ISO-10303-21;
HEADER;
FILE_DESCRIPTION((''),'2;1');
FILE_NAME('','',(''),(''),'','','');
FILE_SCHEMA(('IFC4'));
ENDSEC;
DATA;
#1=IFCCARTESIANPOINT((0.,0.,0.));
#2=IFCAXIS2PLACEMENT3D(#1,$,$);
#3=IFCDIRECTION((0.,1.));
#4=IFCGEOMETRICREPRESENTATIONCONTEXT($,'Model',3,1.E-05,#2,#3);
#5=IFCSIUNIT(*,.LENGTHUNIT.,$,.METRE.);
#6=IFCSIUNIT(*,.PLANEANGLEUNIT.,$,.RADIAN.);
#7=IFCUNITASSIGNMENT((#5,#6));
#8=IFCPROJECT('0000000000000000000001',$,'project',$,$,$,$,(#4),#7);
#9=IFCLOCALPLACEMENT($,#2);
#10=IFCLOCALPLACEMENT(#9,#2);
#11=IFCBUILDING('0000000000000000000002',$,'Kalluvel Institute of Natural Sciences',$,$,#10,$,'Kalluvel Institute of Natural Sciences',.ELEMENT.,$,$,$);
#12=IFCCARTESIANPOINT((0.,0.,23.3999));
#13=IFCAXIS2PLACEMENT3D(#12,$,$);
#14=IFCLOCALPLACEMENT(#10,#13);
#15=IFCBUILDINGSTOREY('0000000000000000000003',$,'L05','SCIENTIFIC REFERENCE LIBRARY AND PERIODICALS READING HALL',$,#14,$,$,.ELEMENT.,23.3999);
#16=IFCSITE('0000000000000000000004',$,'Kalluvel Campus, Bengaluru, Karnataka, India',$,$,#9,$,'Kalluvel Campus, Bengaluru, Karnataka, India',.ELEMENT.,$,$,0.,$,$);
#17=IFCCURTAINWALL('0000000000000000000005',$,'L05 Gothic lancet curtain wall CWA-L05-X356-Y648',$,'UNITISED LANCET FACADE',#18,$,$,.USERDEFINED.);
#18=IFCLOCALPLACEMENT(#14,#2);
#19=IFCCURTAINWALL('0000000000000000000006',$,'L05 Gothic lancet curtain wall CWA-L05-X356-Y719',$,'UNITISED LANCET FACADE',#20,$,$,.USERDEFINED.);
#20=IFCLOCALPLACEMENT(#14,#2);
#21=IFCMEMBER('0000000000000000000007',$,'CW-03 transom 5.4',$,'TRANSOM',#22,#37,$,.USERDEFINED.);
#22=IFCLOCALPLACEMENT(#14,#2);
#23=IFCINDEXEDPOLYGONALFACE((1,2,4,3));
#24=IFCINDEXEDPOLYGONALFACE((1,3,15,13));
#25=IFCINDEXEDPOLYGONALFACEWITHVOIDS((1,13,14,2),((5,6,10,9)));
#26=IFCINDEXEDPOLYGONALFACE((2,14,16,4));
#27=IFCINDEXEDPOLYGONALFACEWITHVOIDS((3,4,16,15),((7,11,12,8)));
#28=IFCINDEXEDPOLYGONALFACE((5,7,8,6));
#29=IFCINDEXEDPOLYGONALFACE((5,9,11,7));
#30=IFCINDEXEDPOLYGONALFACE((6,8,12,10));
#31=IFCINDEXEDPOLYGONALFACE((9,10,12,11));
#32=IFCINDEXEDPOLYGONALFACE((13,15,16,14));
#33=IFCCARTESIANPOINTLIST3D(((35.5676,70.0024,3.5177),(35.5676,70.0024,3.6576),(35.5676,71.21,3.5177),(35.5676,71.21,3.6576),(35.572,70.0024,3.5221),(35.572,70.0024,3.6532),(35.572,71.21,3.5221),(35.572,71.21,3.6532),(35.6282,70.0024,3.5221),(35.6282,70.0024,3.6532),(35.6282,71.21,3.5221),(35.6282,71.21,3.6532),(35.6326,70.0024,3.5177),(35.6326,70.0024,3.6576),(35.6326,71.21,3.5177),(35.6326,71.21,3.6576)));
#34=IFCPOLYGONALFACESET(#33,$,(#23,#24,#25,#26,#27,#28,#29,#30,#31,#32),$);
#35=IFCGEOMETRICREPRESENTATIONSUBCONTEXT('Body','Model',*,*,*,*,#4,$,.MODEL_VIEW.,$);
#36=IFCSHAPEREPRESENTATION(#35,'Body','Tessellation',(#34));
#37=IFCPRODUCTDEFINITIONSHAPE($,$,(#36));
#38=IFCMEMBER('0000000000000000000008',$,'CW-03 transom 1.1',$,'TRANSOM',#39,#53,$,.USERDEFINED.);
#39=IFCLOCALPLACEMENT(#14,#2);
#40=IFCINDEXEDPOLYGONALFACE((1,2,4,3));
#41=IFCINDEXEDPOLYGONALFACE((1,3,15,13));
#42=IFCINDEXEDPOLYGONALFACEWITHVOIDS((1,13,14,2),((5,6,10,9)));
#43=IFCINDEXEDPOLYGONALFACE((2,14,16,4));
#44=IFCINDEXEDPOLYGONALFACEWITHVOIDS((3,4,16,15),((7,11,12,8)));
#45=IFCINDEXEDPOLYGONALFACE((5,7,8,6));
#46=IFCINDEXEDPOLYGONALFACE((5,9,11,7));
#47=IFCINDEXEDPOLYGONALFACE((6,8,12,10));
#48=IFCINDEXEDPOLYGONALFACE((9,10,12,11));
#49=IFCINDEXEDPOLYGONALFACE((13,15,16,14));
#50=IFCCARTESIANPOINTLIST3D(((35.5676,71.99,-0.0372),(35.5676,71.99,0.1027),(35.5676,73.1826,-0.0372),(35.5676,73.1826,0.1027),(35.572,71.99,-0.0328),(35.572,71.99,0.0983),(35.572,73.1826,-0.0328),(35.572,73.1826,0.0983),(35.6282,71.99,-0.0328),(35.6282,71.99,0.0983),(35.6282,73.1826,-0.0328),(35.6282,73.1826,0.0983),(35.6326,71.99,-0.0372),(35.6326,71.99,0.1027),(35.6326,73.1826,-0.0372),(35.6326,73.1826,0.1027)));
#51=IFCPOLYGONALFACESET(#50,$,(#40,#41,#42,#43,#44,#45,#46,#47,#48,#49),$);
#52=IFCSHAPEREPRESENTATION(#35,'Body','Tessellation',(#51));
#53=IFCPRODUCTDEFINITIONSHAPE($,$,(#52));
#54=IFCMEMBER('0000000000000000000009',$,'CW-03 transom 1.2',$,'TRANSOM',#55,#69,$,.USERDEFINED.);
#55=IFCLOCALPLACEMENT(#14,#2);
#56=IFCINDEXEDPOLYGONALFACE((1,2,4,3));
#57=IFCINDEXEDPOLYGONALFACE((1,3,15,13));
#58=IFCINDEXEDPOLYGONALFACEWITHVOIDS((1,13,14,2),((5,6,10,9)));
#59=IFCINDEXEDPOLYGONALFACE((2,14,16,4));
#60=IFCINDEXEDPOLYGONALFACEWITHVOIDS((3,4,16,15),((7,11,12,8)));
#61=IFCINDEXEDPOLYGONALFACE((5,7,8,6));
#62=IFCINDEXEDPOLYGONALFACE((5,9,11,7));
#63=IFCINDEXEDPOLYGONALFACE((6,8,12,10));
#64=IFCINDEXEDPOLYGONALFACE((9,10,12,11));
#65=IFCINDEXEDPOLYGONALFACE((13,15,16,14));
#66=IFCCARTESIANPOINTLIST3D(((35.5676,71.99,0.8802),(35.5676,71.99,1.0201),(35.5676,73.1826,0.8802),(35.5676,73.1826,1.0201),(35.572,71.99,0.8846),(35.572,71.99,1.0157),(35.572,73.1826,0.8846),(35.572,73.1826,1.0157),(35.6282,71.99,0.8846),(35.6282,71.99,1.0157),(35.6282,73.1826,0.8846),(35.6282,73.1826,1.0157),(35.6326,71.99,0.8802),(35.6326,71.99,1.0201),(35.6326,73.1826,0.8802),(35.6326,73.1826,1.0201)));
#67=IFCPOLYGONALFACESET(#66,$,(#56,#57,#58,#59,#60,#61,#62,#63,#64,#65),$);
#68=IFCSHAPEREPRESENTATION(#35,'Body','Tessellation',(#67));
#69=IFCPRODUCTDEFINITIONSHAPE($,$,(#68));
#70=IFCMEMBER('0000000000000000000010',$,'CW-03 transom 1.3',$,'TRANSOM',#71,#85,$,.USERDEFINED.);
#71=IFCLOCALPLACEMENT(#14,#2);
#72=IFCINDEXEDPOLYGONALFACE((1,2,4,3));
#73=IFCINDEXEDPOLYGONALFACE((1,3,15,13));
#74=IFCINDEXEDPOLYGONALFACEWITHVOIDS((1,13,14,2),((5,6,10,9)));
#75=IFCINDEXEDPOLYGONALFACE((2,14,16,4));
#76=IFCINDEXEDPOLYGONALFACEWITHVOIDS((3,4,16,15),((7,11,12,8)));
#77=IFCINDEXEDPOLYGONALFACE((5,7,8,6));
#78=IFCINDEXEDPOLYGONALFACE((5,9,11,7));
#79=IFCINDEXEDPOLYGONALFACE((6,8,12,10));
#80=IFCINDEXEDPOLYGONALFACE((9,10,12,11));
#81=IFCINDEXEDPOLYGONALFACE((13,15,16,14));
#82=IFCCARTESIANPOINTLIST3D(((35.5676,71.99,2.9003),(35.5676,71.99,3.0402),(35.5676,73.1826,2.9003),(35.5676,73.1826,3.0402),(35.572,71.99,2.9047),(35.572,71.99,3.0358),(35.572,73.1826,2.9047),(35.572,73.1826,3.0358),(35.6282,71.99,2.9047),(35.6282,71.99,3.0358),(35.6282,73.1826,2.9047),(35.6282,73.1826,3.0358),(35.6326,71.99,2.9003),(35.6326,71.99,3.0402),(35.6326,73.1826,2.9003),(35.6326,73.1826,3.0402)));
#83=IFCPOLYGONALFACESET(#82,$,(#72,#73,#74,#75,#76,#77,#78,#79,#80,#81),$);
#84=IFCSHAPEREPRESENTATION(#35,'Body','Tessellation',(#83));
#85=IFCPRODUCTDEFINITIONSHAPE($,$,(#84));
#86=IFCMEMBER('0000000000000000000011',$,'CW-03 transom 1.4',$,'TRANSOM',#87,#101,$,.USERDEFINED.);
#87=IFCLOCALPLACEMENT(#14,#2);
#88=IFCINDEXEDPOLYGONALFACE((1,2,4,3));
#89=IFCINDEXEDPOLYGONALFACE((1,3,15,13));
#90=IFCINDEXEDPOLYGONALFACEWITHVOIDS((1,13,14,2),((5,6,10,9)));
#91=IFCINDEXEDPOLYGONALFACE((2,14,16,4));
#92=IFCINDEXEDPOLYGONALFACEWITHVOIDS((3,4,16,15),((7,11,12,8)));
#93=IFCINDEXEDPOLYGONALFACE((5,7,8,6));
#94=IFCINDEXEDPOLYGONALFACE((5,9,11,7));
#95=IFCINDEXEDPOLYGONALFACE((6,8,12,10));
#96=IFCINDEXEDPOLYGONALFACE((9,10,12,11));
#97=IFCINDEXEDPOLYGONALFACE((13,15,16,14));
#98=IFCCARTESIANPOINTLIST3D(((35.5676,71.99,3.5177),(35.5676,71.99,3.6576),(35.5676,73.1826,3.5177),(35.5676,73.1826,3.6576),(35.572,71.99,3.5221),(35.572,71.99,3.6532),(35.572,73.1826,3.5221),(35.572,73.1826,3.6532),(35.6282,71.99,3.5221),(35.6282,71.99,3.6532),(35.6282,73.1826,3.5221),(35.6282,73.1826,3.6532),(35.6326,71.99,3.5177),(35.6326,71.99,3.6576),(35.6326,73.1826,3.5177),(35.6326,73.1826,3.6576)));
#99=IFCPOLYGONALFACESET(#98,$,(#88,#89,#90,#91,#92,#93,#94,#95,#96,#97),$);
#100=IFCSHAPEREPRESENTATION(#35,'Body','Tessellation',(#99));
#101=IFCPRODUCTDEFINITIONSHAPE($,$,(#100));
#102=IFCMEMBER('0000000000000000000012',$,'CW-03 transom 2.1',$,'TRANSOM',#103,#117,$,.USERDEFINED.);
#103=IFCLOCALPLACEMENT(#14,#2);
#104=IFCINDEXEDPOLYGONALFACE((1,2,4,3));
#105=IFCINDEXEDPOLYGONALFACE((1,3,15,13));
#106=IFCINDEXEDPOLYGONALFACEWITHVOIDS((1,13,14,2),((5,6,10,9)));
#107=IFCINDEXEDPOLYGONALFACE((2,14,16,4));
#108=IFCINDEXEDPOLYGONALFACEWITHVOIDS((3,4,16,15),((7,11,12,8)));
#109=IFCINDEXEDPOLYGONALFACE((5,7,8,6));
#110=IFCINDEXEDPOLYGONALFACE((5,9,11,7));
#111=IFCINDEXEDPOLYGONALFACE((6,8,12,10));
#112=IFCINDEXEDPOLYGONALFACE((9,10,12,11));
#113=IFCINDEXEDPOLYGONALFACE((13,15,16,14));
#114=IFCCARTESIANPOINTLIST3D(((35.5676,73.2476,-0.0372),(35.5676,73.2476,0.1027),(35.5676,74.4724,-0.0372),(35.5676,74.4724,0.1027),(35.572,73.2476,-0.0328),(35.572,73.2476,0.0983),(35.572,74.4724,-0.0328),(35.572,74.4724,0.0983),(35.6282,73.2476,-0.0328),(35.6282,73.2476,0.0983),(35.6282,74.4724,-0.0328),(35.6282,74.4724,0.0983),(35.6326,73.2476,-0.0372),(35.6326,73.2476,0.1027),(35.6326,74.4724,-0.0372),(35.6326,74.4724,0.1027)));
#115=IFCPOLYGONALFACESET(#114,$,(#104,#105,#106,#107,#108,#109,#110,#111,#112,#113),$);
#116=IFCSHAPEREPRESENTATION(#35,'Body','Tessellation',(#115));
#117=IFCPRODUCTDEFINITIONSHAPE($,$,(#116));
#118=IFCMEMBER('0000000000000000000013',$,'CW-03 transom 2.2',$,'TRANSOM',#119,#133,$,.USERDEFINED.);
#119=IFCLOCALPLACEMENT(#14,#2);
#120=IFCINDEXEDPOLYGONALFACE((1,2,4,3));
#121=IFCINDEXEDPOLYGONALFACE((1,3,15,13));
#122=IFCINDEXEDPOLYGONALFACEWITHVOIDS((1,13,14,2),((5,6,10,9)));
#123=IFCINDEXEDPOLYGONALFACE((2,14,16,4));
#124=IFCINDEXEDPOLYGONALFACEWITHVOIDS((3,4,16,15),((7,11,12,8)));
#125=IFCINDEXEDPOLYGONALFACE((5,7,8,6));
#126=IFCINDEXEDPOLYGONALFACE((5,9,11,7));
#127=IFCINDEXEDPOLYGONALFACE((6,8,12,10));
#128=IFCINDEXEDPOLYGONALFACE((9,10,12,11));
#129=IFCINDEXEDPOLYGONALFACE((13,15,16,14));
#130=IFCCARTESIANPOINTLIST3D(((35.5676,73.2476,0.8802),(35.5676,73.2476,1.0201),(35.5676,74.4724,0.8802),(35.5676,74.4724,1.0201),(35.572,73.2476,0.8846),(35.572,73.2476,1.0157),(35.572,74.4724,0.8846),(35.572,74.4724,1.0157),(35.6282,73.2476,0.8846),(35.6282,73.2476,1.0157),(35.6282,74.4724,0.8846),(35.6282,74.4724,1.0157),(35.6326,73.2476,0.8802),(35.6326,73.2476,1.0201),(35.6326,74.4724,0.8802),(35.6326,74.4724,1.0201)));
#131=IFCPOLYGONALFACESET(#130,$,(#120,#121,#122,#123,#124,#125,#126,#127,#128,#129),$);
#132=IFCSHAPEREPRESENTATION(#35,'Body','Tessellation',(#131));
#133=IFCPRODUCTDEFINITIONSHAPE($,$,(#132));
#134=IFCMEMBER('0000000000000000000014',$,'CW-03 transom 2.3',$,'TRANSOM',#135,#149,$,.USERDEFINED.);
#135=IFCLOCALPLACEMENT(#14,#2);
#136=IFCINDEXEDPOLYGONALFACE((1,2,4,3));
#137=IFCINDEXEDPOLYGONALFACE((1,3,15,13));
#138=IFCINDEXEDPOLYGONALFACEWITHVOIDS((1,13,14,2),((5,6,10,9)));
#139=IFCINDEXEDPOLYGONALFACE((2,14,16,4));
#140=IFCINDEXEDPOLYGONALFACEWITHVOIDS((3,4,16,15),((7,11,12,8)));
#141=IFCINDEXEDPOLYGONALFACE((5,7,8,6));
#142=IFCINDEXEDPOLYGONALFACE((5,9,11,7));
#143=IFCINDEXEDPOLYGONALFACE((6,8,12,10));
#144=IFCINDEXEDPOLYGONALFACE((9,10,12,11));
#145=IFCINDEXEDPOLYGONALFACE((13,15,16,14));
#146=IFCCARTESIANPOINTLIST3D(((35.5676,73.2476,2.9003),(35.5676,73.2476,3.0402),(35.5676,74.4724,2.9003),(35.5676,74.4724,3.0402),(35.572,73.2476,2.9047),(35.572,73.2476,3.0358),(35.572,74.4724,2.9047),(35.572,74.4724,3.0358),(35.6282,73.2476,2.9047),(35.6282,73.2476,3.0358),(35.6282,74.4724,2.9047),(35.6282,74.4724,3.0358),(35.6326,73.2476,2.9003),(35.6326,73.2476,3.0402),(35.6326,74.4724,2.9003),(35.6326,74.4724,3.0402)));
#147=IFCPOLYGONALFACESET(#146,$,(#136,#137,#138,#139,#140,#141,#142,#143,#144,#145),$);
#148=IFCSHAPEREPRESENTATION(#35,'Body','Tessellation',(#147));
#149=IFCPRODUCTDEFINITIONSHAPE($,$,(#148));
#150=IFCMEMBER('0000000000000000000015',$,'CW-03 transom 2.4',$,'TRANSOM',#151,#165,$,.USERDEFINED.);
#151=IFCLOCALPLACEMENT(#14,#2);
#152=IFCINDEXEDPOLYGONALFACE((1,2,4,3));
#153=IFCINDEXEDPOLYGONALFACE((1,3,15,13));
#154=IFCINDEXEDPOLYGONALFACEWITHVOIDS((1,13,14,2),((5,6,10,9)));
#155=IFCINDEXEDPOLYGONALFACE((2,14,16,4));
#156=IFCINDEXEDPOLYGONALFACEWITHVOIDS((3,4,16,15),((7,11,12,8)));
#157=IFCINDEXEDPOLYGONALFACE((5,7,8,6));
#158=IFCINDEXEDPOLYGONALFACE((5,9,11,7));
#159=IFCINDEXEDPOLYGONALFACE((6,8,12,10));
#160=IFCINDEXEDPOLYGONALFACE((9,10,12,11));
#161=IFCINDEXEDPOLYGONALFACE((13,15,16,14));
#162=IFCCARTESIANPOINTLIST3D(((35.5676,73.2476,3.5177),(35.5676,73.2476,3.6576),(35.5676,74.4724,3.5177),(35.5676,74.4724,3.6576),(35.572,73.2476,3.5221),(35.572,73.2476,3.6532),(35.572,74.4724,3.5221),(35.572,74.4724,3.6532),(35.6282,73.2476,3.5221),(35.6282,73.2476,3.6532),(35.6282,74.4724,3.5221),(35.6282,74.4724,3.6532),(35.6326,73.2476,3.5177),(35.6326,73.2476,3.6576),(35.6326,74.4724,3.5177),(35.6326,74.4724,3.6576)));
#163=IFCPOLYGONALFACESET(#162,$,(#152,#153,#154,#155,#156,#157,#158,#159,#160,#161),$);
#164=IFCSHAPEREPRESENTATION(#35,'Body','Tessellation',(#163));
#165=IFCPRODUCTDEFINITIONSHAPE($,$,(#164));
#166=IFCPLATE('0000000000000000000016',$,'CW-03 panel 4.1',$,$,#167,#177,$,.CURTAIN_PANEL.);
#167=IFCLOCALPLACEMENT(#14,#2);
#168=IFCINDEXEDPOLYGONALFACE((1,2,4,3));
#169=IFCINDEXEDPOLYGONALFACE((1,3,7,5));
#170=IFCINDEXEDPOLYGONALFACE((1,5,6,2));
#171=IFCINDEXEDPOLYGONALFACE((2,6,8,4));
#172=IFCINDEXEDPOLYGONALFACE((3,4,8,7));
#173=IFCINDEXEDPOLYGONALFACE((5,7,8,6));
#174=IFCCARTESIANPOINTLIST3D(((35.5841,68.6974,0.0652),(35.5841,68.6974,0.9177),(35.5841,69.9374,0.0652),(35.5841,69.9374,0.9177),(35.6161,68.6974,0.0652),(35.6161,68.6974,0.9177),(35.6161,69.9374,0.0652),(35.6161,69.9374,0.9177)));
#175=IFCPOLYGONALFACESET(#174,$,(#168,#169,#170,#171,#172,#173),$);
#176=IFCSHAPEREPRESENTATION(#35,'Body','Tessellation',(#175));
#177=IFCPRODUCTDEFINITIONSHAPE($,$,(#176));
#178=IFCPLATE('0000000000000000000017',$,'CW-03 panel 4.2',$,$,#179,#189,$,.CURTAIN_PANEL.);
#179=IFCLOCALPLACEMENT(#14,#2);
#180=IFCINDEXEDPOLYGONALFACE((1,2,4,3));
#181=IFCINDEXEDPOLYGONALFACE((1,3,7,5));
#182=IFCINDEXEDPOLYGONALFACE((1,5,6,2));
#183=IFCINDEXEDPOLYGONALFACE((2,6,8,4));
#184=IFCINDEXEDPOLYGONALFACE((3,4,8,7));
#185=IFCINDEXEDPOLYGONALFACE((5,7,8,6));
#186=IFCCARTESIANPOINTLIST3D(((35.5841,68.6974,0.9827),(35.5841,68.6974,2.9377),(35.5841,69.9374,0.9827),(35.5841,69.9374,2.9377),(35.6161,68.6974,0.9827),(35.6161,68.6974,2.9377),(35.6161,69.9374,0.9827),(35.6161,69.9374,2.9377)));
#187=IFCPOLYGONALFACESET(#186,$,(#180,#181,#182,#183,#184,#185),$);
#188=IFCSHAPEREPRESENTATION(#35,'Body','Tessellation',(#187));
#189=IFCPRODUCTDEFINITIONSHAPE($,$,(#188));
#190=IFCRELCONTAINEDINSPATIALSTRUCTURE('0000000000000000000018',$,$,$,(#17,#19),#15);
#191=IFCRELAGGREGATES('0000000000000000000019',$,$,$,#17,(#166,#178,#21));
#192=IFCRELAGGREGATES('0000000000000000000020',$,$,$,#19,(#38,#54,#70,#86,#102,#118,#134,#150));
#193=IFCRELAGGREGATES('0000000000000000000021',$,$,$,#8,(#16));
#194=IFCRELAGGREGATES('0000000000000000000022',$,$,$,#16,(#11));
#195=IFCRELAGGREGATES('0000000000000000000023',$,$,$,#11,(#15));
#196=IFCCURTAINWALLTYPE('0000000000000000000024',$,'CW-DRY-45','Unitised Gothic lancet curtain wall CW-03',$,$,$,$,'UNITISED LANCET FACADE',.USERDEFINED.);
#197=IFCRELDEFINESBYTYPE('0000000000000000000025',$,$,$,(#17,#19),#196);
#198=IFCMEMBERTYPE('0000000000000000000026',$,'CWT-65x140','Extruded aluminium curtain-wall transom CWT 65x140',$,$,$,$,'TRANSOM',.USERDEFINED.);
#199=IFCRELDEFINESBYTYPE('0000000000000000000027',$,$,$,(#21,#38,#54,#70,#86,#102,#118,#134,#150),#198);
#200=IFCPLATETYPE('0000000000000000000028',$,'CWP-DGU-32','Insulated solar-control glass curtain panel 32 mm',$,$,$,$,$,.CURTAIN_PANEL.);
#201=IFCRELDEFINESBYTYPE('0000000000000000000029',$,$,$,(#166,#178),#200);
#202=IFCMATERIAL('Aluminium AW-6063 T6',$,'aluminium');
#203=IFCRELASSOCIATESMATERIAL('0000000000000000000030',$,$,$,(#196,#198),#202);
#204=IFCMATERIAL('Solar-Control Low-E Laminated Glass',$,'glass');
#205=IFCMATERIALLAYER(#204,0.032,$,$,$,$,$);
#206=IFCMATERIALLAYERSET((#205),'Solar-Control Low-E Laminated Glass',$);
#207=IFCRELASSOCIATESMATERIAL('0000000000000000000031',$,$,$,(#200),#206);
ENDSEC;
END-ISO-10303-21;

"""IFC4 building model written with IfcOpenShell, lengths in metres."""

from ifc_helpers import new_model, si_unit, direction, frame, origin, origin_2d, place, context, subcontext, project, spatial, rectangle, hollow_rectangle, extrude, material, layer, layer_set, material_profile, profile_set, type_object, element, aggregate, save


model = new_model("IFC4")

# Units and contexts
model_context = context("Model", 3, precision=1e-05, world=origin(), true_north=direction((0.0, 1.0)))
body_context = subcontext(model_context, "Body", "Model", "MODEL_VIEW")
ifc_project = project(units=[si_unit("LENGTHUNIT", "METRE"), si_unit("PLANEANGLEUNIT", "RADIAN")], contexts=[model_context])

# Site, building, storey
site_placement = place(None, origin())
site = spatial("IfcSite", under=ifc_project, at=site_placement, Name="Kalluvel Campus, Bengaluru, Karnataka, India", LongName="Kalluvel Campus, Bengaluru, Karnataka, India", CompositionType="ELEMENT", RefElevation=0.0)
building_placement = place(site_placement, origin())
building = spatial("IfcBuilding", under=site, at=building_placement, Name="Kalluvel Institute of Natural Sciences", LongName="Kalluvel Institute of Natural Sciences", CompositionType="ELEMENT")
storey_placement = place(building_placement, frame((0.0, 0.0, 23.3999)))
storey = spatial("IfcBuildingStorey", under=building, at=storey_placement, Name="L05", Description="SCIENTIFIC REFERENCE LIBRARY AND PERIODICALS READING HALL", CompositionType="ELEMENT", Elevation=23.3999)

# Curtain walls
ifc_material_1 = material(Name="Aluminium AW-6063 T6", Category="aluminium")
curtain_wall_type = type_object("IfcCurtainWallType", Name="CW-DRY-45", Description="Unitised Gothic lancet curtain wall CW-03", ElementType="UNITISED LANCET FACADE", PredefinedType="USERDEFINED", material=ifc_material_1)
curtain_wall_1_placement = place(storey_placement, origin())
curtain_wall_1 = element("IfcCurtainWall", 1, at=curtain_wall_1_placement, inside=storey, type_object=curtain_wall_type, Name="L05 Gothic lancet curtain wall CWA-L05-X356-Y648", ObjectType="UNITISED LANCET FACADE", PredefinedType="USERDEFINED")
curtain_wall_2_placement = place(storey_placement, origin())
curtain_wall_2 = element("IfcCurtainWall", 2, at=curtain_wall_2_placement, inside=storey, type_object=curtain_wall_type, Name="L05 Gothic lancet curtain wall CWA-L05-X356-Y719", ObjectType="UNITISED LANCET FACADE", PredefinedType="USERDEFINED")

# Members
ifc_material_profile_1 = material_profile(ifc_material_1, hollow_rectangle(XDim=0.0649, YDim=0.1399, WallThickness=0.0044, at=origin_2d()), Name="CWT 65x140")
ifc_profile_set_1 = profile_set([ifc_material_profile_1], Name="Aluminium AW-6063 T6")
member_type_1 = type_object("IfcMemberType", Name="CWT-65x140", Description="Extruded aluminium curtain-wall transom CWT 65x140", ElementType="TRANSOM", PredefinedType="USERDEFINED", material=ifc_profile_set_1)
member_1_placement = place(storey_placement, frame((35.6001, 70.0024, 3.5876), z_axis=(0.0, 1.0, 0.0), x_axis=(-1.0, 0.0, 0.0)))
member_1 = element("IfcMember", 3, at=member_1_placement, type_object=member_type_1, Name="CW-03 transom 5.4", ObjectType="TRANSOM", PredefinedType="USERDEFINED", context=body_context, shape_type="SweptSolid", body=[
    extrude(hollow_rectangle(XDim=0.0649, YDim=0.1399, WallThickness=0.0044, at=origin_2d()), origin(), (0.0, 0.0, 1.0), 1.2075),
])
member_2_placement = place(storey_placement, frame((35.6001, 71.99, 0.0327), z_axis=(0.0, 1.0, 0.0), x_axis=(-1.0, 0.0, 0.0)))
member_2 = element("IfcMember", 4, at=member_2_placement, type_object=member_type_1, Name="CW-03 transom 1.1", ObjectType="TRANSOM", PredefinedType="USERDEFINED", context=body_context, shape_type="SweptSolid", body=[
    extrude(hollow_rectangle(XDim=0.0649, YDim=0.1399, WallThickness=0.0044, at=origin_2d()), origin(), (0.0, 0.0, 1.0), 1.1926),
])
member_3_placement = place(storey_placement, frame((35.6001, 71.99, 0.9502), z_axis=(0.0, 1.0, 0.0), x_axis=(-1.0, 0.0, 0.0)))
member_3 = element("IfcMember", 5, at=member_3_placement, type_object=member_type_1, Name="CW-03 transom 1.2", ObjectType="TRANSOM", PredefinedType="USERDEFINED", context=body_context, shape_type="SweptSolid", body=[
    extrude(hollow_rectangle(XDim=0.0649, YDim=0.1399, WallThickness=0.0044, at=origin_2d()), origin(), (0.0, 0.0, 1.0), 1.1926),
])
member_4_placement = place(storey_placement, frame((35.6001, 71.99, 2.9702), z_axis=(0.0, 1.0, 0.0), x_axis=(-1.0, 0.0, 0.0)))
member_4 = element("IfcMember", 6, at=member_4_placement, type_object=member_type_1, Name="CW-03 transom 1.3", ObjectType="TRANSOM", PredefinedType="USERDEFINED", context=body_context, shape_type="SweptSolid", body=[
    extrude(hollow_rectangle(XDim=0.0649, YDim=0.1399, WallThickness=0.0044, at=origin_2d()), origin(), (0.0, 0.0, 1.0), 1.1926),
])
member_5_placement = place(storey_placement, frame((35.6001, 71.99, 3.5876), z_axis=(0.0, 1.0, 0.0), x_axis=(-1.0, 0.0, 0.0)))
member_5 = element("IfcMember", 7, at=member_5_placement, type_object=member_type_1, Name="CW-03 transom 1.4", ObjectType="TRANSOM", PredefinedType="USERDEFINED", context=body_context, shape_type="SweptSolid", body=[
    extrude(hollow_rectangle(XDim=0.0649, YDim=0.1399, WallThickness=0.0044, at=origin_2d()), origin(), (0.0, 0.0, 1.0), 1.1926),
])
member_6_placement = place(storey_placement, frame((35.6001, 73.2476, 0.0327), z_axis=(0.0, 1.0, 0.0), x_axis=(-1.0, 0.0, 0.0)))
member_6 = element("IfcMember", 8, at=member_6_placement, type_object=member_type_1, Name="CW-03 transom 2.1", ObjectType="TRANSOM", PredefinedType="USERDEFINED", context=body_context, shape_type="SweptSolid", body=[
    extrude(hollow_rectangle(XDim=0.0649, YDim=0.1399, WallThickness=0.0044, at=origin_2d()), origin(), (0.0, 0.0, 1.0), 1.2249),
])
member_7_placement = place(storey_placement, frame((35.6001, 73.2476, 0.9502), z_axis=(0.0, 1.0, 0.0), x_axis=(-1.0, 0.0, 0.0)))
member_7 = element("IfcMember", 9, at=member_7_placement, type_object=member_type_1, Name="CW-03 transom 2.2", ObjectType="TRANSOM", PredefinedType="USERDEFINED", context=body_context, shape_type="SweptSolid", body=[
    extrude(hollow_rectangle(XDim=0.0649, YDim=0.1399, WallThickness=0.0044, at=origin_2d()), origin(), (0.0, 0.0, 1.0), 1.2249),
])
member_8_placement = place(storey_placement, frame((35.6001, 73.2476, 2.9702), z_axis=(0.0, 1.0, 0.0), x_axis=(-1.0, 0.0, 0.0)))
member_8 = element("IfcMember", 10, at=member_8_placement, type_object=member_type_1, Name="CW-03 transom 2.3", ObjectType="TRANSOM", PredefinedType="USERDEFINED", context=body_context, shape_type="SweptSolid", body=[
    extrude(hollow_rectangle(XDim=0.0649, YDim=0.1399, WallThickness=0.0044, at=origin_2d()), origin(), (0.0, 0.0, 1.0), 1.2249),
])
member_9_placement = place(storey_placement, frame((35.6001, 73.2476, 3.5876), z_axis=(0.0, 1.0, 0.0), x_axis=(-1.0, 0.0, 0.0)))
member_9 = element("IfcMember", 11, at=member_9_placement, type_object=member_type_1, Name="CW-03 transom 2.4", ObjectType="TRANSOM", PredefinedType="USERDEFINED", context=body_context, shape_type="SweptSolid", body=[
    extrude(hollow_rectangle(XDim=0.0649, YDim=0.1399, WallThickness=0.0044, at=origin_2d()), origin(), (0.0, 0.0, 1.0), 1.2249),
])

# Plates
ifc_material_2 = material(Name="Solar-Control Low-E Laminated Glass", Category="glass")
ifc_layer = layer(ifc_material_2, 0.032)
ifc_layer_set = layer_set([ifc_layer], Name="Solar-Control Low-E Laminated Glass")
plate_type = type_object("IfcPlateType", Name="CWP-DGU-32", Description="Insulated solar-control glass curtain panel 32 mm", PredefinedType="CURTAIN_PANEL", material=ifc_layer_set)
plate_1_placement = place(storey_placement, frame((35.6001, 69.3174, 0.0652), z_axis=(0.0, 0.0, 1.0), x_axis=(0.0, 1.0, 0.0)))
plate_1 = element("IfcPlate", 12, at=plate_1_placement, type_object=plate_type, Name="CW-03 panel 4.1", PredefinedType="CURTAIN_PANEL", context=body_context, shape_type="SweptSolid", body=[
    extrude(rectangle(XDim=1.24, YDim=0.032, at=origin_2d()), origin(), (0.0, 0.0, 1.0), 0.8525),
])
plate_2_placement = place(storey_placement, frame((35.6001, 69.3174, 0.9827), z_axis=(0.0, 0.0, 1.0), x_axis=(0.0, 1.0, 0.0)))
plate_2 = element("IfcPlate", 13, at=plate_2_placement, type_object=plate_type, Name="CW-03 panel 4.2", PredefinedType="CURTAIN_PANEL", context=body_context, shape_type="SweptSolid", body=[
    extrude(rectangle(XDim=1.24, YDim=0.032, at=origin_2d()), origin(), (0.0, 0.0, 1.0), 1.9551),
])
aggregate(curtain_wall_1, [plate_1, plate_2, member_1])
aggregate(curtain_wall_2, [member_2, member_3, member_4, member_5, member_6, member_7, member_8, member_9])

save(model, "model.ifc")
